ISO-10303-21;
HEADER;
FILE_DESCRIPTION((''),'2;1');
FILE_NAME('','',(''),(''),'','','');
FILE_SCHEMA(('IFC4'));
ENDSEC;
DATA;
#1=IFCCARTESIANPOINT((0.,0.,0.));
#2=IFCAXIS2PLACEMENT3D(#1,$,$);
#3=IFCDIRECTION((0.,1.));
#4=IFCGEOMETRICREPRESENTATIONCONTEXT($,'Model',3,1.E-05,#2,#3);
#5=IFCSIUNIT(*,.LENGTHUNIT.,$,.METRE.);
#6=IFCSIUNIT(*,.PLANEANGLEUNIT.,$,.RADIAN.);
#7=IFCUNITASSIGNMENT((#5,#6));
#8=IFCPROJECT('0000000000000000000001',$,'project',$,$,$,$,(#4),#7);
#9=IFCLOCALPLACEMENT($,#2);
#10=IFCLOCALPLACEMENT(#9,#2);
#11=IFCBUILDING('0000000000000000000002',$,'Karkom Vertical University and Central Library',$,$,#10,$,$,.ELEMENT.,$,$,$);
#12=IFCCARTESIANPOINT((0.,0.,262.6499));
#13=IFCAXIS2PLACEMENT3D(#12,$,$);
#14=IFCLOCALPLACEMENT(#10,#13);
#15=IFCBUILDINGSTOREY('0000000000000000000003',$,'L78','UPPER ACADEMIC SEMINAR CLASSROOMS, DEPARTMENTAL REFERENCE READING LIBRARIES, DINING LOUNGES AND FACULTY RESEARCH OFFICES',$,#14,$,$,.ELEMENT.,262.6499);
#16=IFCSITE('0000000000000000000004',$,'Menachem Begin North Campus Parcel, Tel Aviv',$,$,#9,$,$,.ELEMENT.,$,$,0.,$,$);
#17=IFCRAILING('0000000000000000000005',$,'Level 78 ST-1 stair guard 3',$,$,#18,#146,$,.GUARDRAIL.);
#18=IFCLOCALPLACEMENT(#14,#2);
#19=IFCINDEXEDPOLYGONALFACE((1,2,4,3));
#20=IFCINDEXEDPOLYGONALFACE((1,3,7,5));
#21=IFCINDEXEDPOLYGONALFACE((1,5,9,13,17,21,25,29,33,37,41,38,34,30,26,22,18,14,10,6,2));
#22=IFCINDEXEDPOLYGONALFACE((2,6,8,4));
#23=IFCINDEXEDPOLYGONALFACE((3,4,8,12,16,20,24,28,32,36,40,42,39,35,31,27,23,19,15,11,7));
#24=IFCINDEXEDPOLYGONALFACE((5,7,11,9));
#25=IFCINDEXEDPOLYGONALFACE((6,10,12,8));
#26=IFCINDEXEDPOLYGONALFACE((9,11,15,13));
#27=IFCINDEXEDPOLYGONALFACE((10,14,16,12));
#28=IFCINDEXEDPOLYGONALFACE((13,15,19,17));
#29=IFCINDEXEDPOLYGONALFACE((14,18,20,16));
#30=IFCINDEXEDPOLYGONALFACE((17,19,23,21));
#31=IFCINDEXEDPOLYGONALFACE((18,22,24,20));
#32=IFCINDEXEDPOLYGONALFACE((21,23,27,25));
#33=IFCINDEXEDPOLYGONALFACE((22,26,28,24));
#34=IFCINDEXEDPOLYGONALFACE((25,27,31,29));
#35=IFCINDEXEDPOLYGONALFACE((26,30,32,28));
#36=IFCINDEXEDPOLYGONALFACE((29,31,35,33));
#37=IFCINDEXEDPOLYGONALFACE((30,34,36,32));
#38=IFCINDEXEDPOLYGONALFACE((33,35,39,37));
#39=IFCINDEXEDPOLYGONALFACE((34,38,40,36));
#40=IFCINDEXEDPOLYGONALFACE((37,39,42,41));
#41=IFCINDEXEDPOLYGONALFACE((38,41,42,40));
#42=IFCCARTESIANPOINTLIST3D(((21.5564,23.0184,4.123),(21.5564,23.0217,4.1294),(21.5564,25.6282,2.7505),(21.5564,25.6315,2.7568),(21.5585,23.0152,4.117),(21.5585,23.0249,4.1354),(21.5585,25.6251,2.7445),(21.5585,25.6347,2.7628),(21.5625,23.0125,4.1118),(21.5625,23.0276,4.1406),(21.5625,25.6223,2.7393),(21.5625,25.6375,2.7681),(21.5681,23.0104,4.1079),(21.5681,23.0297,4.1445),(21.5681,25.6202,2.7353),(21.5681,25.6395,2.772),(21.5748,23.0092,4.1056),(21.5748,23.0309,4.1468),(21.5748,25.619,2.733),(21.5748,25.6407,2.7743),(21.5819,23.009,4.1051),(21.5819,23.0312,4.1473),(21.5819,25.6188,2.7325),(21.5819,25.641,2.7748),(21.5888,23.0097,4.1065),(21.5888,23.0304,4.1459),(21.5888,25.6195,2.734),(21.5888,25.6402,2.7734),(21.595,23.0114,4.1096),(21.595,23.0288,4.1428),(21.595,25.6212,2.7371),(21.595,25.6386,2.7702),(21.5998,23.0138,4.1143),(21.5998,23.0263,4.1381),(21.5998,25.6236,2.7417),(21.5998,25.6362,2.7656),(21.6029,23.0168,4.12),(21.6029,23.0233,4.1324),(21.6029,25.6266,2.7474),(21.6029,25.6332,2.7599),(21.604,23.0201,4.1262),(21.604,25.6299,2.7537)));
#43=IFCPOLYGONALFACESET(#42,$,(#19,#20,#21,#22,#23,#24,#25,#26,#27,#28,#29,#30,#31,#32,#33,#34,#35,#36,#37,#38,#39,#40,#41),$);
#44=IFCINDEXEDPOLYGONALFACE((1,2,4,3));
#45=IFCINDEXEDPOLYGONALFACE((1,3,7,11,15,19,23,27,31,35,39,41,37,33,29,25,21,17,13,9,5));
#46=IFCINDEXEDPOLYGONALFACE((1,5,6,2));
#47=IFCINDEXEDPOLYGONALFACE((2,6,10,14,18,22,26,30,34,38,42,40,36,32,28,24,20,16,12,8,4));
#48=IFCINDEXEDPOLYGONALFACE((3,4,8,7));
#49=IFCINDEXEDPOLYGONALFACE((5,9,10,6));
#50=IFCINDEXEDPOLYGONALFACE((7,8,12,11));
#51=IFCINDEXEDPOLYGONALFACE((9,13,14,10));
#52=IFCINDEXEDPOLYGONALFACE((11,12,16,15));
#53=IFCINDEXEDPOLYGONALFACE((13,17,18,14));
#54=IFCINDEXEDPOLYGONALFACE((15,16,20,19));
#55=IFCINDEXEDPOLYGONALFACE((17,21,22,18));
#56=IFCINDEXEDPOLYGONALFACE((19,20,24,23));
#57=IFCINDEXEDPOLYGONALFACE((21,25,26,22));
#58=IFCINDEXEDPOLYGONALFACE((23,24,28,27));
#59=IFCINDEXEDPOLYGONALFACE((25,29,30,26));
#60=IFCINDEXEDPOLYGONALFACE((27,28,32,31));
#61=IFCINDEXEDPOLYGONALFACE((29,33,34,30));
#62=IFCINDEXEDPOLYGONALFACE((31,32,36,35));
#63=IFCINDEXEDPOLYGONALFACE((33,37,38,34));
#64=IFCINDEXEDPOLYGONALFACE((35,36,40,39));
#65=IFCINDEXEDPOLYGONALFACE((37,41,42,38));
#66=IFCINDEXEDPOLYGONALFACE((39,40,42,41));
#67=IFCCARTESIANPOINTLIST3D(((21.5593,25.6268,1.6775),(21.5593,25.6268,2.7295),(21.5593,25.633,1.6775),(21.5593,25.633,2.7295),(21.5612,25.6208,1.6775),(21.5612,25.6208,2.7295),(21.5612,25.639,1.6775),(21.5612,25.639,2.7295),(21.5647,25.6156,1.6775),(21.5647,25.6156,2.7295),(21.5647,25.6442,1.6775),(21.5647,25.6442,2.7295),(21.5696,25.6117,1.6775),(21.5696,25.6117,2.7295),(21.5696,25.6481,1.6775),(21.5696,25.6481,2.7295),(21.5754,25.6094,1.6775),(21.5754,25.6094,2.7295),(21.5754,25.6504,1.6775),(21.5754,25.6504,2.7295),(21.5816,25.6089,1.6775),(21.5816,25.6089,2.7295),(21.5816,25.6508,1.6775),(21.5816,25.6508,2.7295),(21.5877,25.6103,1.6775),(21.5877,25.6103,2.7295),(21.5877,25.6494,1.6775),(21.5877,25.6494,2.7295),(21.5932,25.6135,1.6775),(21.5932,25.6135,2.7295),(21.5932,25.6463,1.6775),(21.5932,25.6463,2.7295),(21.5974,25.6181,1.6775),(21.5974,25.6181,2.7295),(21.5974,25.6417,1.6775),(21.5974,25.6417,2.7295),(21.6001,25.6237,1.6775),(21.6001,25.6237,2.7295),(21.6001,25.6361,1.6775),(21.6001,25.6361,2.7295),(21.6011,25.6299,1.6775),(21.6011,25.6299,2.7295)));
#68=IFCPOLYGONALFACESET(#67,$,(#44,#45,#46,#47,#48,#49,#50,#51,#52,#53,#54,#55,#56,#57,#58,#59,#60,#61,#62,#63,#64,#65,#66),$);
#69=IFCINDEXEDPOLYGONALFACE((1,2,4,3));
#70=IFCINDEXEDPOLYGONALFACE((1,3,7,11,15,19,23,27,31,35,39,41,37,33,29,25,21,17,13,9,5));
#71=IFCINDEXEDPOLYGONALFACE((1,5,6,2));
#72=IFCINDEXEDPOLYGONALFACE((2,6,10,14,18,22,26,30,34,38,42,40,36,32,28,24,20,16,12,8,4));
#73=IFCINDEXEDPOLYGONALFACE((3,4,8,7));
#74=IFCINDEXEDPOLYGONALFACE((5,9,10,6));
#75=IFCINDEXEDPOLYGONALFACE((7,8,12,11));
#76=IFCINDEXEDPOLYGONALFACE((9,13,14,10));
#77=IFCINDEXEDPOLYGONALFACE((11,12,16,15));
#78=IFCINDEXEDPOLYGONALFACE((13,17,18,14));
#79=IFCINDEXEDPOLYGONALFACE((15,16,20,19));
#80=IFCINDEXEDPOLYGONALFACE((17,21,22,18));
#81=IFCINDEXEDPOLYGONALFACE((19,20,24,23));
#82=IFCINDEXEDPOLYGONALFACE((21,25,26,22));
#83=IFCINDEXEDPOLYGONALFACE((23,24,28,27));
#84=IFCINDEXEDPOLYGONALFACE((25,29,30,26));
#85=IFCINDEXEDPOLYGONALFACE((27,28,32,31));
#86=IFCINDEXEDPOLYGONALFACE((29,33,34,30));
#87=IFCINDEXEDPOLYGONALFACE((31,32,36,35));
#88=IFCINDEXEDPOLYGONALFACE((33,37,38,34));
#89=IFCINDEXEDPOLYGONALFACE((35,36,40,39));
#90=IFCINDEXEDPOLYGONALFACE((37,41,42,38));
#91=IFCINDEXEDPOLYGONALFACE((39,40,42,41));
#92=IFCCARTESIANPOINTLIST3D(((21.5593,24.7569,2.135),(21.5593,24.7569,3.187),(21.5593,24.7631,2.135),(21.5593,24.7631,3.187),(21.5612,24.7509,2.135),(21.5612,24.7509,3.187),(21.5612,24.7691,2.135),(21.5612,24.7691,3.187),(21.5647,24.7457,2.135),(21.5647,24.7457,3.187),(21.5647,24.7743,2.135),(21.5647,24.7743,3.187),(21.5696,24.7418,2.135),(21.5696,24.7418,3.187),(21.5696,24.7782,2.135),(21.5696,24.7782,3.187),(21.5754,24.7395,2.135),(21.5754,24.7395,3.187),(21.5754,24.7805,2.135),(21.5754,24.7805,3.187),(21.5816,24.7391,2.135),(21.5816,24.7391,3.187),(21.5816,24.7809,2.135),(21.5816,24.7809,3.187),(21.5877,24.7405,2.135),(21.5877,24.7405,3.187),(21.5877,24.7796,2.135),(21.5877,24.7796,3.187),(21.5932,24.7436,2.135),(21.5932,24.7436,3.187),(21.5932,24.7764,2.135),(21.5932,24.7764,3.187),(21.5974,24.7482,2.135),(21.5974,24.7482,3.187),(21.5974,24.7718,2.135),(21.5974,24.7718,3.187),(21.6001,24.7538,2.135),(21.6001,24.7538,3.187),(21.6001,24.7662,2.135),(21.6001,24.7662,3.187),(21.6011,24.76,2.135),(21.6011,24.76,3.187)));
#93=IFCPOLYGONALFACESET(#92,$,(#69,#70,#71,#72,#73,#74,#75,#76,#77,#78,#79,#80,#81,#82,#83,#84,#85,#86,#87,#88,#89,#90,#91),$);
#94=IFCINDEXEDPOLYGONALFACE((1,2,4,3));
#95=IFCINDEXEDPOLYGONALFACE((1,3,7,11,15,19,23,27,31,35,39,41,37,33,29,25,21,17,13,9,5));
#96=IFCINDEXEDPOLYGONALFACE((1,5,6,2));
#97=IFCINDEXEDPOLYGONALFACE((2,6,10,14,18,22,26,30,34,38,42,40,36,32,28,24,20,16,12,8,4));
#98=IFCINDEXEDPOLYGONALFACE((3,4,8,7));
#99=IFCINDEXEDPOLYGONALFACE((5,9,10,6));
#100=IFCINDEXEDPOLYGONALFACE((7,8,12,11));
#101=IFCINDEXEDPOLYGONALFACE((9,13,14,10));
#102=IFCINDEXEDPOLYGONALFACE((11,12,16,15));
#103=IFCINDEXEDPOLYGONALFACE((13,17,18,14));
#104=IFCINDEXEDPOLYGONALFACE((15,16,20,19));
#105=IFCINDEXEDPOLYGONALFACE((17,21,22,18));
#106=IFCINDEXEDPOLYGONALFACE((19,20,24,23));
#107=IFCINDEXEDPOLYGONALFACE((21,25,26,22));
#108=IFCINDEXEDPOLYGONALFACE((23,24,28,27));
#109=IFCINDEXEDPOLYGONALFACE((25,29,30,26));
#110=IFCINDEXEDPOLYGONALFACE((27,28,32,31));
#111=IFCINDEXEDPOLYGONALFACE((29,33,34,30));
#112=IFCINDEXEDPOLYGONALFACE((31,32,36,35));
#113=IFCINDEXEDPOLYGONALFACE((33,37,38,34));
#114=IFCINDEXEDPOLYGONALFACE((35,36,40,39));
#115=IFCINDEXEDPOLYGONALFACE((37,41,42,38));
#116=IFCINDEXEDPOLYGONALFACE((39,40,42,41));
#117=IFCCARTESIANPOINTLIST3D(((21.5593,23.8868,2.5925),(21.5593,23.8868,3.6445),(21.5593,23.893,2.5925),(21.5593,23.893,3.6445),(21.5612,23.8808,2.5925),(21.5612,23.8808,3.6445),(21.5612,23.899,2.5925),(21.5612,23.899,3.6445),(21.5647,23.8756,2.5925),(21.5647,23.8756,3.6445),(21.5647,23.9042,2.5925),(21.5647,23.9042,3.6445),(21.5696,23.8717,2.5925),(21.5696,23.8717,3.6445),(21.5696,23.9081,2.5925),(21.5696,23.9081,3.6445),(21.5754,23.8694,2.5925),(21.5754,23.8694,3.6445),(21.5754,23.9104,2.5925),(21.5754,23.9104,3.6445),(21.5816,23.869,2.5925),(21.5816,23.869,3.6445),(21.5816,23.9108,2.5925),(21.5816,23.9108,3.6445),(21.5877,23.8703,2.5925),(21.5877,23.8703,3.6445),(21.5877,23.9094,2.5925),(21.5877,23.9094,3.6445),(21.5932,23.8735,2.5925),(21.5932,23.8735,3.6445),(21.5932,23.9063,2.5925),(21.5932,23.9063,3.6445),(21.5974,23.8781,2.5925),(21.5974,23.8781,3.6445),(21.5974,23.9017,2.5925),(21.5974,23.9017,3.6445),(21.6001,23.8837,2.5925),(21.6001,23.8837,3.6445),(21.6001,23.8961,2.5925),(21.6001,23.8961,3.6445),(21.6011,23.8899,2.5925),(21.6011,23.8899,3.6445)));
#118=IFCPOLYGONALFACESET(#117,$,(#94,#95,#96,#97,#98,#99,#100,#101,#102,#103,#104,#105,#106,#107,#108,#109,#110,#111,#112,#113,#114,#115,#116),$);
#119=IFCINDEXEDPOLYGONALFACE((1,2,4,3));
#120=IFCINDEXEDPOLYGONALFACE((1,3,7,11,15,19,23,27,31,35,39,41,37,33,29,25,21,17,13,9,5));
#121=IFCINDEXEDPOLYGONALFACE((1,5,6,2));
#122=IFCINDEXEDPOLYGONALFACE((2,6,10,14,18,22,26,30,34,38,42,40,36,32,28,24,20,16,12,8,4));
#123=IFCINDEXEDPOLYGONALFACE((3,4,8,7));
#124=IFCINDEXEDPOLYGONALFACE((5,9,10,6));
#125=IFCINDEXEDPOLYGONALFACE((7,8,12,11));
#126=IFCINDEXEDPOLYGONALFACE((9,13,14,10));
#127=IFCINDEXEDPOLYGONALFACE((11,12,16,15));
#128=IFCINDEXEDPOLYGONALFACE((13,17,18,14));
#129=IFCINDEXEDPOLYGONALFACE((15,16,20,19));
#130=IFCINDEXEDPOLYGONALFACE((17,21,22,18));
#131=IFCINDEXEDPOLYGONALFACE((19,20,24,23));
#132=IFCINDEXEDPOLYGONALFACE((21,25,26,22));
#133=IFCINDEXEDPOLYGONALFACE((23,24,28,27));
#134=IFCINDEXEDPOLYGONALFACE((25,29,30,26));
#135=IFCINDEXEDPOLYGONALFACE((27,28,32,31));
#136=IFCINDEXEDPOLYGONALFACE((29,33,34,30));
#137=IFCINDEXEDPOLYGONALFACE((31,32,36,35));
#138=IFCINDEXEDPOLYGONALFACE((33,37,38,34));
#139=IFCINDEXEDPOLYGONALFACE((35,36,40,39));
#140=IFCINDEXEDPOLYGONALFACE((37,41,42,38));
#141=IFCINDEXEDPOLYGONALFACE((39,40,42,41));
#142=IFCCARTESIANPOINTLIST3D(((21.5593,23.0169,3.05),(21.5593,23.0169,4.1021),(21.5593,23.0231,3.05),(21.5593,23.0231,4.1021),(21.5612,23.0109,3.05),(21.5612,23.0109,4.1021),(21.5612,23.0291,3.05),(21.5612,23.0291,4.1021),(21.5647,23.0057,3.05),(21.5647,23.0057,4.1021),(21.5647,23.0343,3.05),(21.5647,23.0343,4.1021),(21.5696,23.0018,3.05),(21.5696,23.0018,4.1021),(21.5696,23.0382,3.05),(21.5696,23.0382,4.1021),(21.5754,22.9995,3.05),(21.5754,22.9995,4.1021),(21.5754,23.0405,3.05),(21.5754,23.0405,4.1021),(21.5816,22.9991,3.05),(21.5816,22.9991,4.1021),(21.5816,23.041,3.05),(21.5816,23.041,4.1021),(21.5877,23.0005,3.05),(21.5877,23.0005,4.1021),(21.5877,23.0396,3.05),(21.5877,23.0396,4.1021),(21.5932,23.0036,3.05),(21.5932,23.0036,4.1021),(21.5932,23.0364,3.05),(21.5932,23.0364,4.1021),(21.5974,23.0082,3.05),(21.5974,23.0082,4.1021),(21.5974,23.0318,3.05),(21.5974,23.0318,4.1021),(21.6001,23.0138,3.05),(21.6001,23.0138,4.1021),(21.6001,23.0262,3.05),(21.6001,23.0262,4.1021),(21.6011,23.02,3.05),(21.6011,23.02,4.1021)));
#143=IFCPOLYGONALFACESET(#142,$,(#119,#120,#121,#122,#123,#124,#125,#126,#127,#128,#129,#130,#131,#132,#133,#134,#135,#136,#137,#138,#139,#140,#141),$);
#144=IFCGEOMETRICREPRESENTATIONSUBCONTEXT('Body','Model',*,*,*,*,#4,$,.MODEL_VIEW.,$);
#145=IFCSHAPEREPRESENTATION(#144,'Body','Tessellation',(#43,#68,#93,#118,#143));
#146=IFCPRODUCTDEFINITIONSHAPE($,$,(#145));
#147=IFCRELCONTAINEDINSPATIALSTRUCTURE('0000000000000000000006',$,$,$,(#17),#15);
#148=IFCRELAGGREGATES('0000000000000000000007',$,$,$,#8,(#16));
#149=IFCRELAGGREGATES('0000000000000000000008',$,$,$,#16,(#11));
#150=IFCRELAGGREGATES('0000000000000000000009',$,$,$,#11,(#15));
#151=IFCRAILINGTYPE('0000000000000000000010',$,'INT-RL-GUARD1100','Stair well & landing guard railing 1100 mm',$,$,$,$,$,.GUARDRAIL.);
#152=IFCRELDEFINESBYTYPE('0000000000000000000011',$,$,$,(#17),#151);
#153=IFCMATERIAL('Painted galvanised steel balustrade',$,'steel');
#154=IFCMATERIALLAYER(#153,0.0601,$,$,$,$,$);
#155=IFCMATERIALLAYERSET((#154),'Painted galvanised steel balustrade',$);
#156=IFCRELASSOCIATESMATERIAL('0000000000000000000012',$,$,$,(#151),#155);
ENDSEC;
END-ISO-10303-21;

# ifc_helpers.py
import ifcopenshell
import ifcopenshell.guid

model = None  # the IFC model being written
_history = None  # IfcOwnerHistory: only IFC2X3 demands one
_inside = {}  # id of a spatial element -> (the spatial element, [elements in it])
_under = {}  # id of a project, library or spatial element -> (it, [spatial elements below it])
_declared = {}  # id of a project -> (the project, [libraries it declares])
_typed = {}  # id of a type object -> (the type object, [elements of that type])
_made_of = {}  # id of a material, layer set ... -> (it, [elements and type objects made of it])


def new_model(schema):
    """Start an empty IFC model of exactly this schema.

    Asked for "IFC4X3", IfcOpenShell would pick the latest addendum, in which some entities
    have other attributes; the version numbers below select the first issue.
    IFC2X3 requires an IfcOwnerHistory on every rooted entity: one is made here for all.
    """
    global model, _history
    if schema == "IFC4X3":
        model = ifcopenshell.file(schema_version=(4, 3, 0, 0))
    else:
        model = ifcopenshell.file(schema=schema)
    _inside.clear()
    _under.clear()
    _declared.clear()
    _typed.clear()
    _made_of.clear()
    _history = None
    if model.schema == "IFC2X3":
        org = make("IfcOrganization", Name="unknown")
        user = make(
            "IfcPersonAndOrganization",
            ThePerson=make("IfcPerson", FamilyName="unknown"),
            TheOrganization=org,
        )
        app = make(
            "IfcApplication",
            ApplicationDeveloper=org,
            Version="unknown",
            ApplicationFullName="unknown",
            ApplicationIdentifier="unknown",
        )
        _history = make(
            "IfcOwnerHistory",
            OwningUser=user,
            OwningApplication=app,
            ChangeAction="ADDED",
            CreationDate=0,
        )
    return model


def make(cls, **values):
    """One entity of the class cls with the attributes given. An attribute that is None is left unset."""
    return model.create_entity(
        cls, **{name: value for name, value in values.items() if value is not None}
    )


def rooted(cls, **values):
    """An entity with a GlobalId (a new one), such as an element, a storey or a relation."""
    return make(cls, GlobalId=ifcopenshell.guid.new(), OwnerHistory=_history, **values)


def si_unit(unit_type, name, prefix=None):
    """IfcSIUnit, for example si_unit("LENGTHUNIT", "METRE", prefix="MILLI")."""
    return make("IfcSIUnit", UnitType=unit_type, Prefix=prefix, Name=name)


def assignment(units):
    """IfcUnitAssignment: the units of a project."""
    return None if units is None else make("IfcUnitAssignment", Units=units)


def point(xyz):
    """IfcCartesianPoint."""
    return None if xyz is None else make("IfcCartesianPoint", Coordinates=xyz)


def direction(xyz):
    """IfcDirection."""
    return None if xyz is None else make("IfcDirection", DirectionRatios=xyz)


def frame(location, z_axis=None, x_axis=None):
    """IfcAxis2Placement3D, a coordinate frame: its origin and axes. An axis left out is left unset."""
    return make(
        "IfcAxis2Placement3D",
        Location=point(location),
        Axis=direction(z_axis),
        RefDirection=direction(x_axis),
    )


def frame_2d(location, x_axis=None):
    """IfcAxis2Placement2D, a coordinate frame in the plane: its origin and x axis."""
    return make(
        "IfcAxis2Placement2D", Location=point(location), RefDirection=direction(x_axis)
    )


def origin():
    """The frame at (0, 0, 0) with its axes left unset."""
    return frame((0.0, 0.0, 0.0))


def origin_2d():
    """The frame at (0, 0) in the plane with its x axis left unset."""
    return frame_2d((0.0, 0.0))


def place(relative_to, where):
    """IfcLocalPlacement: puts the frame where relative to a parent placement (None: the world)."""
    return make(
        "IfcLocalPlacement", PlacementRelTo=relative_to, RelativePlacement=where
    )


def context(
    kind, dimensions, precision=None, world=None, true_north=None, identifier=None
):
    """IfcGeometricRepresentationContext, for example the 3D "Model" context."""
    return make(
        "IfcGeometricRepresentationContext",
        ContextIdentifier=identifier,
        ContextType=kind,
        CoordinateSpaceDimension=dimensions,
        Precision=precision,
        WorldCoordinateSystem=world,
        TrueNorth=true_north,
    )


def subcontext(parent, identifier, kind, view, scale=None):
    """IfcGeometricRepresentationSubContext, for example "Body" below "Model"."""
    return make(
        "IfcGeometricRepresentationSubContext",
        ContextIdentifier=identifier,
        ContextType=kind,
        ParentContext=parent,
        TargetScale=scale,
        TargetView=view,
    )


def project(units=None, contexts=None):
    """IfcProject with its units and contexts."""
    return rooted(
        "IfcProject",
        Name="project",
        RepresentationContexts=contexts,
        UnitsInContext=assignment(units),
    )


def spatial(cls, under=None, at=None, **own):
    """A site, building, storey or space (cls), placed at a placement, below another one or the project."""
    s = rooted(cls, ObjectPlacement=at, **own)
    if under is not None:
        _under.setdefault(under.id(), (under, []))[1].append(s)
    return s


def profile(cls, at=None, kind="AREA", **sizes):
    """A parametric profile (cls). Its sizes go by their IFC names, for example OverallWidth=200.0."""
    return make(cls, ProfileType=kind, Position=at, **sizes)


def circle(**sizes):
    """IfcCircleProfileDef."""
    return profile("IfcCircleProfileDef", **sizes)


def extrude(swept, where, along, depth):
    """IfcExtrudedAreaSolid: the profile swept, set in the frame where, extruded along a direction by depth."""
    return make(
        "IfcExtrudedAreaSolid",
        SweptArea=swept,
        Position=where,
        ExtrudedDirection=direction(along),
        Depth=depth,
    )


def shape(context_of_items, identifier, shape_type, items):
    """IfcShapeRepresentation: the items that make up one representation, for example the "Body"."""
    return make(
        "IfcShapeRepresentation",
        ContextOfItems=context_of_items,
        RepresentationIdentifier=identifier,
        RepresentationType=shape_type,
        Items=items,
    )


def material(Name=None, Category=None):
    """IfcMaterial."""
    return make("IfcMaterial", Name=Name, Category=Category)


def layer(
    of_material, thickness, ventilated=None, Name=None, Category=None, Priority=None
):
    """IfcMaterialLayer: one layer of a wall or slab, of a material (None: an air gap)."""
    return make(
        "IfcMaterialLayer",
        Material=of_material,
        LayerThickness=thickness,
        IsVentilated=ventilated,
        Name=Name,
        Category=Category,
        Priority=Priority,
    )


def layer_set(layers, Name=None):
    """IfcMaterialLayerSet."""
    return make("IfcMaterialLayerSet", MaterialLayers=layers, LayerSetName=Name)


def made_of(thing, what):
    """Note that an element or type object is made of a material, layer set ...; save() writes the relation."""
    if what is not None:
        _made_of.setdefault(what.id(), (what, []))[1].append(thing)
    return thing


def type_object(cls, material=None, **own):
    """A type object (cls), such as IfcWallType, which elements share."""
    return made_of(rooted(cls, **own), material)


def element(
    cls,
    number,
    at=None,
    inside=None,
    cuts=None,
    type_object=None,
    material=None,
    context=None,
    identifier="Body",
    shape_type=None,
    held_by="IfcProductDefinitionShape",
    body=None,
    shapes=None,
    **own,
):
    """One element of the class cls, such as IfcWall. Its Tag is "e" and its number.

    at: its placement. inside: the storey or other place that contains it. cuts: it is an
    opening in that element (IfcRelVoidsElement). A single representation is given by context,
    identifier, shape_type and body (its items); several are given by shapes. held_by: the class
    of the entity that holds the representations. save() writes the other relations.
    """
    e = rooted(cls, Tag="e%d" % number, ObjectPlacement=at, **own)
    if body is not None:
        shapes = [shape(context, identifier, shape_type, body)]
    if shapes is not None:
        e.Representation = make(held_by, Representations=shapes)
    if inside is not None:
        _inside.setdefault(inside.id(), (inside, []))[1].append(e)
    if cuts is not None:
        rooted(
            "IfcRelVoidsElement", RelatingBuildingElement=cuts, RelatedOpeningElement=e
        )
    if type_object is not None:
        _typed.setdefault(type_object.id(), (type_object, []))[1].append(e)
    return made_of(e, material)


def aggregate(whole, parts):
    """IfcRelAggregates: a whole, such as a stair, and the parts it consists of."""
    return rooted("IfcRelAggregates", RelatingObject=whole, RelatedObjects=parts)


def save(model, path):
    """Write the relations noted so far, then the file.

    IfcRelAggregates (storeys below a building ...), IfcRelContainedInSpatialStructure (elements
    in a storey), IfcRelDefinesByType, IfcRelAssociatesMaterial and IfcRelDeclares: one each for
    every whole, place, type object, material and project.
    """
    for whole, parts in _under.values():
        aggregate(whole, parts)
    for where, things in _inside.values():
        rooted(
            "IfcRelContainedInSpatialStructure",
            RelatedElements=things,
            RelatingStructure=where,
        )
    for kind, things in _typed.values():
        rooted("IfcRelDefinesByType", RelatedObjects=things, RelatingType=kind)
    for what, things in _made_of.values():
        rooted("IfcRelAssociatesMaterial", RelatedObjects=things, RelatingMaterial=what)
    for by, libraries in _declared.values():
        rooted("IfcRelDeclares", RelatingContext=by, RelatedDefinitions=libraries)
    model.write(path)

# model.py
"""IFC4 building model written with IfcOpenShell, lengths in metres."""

from ifc_helpers import new_model, si_unit, direction, frame, origin, origin_2d, place, context, subcontext, project, spatial, circle, extrude, material, layer, layer_set, type_object, element, save


model = new_model("IFC4")

# Units and contexts
model_context = context("Model", 3, precision=1e-05, world=origin(), true_north=direction((0.0, 1.0)))
body_context = subcontext(model_context, "Body", "Model", "MODEL_VIEW")
ifc_project = project(units=[si_unit("LENGTHUNIT", "METRE"), si_unit("PLANEANGLEUNIT", "RADIAN")], contexts=[model_context])

# Site, building, storey
site_placement = place(None, origin())
site = spatial("IfcSite", under=ifc_project, at=site_placement, Name="Menachem Begin North Campus Parcel, Tel Aviv", CompositionType="ELEMENT", RefElevation=0.0)
building_placement = place(site_placement, origin())
building = spatial("IfcBuilding", under=site, at=building_placement, Name="Karkom Vertical University and Central Library", CompositionType="ELEMENT")
storey_placement = place(building_placement, frame((0.0, 0.0, 262.6499)))
storey = spatial("IfcBuildingStorey", under=building, at=storey_placement, Name="L78", Description="UPPER ACADEMIC SEMINAR CLASSROOMS, DEPARTMENTAL REFERENCE READING LIBRARIES, DINING LOUNGES AND FACULTY RESEARCH OFFICES", CompositionType="ELEMENT", Elevation=262.6499)

# Railing
ifc_material_1 = material(Name="Painted galvanised steel balustrade", Category="steel")
ifc_layer_1 = layer(ifc_material_1, 0.0601)
ifc_layer_set_1 = layer_set([ifc_layer_1], Name="Painted galvanised steel balustrade")
railing_type_1 = type_object("IfcRailingType", Name="INT-RL-GUARD1100", Description="Stair well & landing guard railing 1100 mm", PredefinedType="GUARDRAIL", material=ifc_layer_set_1)
railing_1_placement = place(storey_placement, frame((21.5801, 25.6299, 1.6775)))
element("IfcRailing", 1, at=railing_1_placement, inside=storey, type_object=railing_type_1, Name="Level 78 ST-1 stair guard 3", PredefinedType="GUARDRAIL", context=body_context, shape_type="SweptSolid", body=[
    extrude(circle(Radius=0.0239, at=origin_2d()), frame((0.0, 0.0, 1.0762), z_axis=(0.0, -0.885065, 0.465467), x_axis=(1.0, 0.0, 0.0)), (0.0, 0.0, 1.0), 2.9487),
    extrude(circle(Radius=0.021, at=origin_2d()), origin(), (0.0, 0.0, 1.0), 1.052),
    extrude(circle(Radius=0.021, at=origin_2d()), frame((0.0, -0.8699, 0.4575)), (0.0, 0.0, 1.0), 1.052),
    extrude(circle(Radius=0.021, at=origin_2d()), frame((0.0, -1.74, 0.915)), (0.0, 0.0, 1.0), 1.052),
    extrude(circle(Radius=0.021, at=origin_2d()), frame((0.0, -2.6099, 1.3726)), (0.0, 0.0, 1.0), 1.052),
])

save(model, "model.ifc")
